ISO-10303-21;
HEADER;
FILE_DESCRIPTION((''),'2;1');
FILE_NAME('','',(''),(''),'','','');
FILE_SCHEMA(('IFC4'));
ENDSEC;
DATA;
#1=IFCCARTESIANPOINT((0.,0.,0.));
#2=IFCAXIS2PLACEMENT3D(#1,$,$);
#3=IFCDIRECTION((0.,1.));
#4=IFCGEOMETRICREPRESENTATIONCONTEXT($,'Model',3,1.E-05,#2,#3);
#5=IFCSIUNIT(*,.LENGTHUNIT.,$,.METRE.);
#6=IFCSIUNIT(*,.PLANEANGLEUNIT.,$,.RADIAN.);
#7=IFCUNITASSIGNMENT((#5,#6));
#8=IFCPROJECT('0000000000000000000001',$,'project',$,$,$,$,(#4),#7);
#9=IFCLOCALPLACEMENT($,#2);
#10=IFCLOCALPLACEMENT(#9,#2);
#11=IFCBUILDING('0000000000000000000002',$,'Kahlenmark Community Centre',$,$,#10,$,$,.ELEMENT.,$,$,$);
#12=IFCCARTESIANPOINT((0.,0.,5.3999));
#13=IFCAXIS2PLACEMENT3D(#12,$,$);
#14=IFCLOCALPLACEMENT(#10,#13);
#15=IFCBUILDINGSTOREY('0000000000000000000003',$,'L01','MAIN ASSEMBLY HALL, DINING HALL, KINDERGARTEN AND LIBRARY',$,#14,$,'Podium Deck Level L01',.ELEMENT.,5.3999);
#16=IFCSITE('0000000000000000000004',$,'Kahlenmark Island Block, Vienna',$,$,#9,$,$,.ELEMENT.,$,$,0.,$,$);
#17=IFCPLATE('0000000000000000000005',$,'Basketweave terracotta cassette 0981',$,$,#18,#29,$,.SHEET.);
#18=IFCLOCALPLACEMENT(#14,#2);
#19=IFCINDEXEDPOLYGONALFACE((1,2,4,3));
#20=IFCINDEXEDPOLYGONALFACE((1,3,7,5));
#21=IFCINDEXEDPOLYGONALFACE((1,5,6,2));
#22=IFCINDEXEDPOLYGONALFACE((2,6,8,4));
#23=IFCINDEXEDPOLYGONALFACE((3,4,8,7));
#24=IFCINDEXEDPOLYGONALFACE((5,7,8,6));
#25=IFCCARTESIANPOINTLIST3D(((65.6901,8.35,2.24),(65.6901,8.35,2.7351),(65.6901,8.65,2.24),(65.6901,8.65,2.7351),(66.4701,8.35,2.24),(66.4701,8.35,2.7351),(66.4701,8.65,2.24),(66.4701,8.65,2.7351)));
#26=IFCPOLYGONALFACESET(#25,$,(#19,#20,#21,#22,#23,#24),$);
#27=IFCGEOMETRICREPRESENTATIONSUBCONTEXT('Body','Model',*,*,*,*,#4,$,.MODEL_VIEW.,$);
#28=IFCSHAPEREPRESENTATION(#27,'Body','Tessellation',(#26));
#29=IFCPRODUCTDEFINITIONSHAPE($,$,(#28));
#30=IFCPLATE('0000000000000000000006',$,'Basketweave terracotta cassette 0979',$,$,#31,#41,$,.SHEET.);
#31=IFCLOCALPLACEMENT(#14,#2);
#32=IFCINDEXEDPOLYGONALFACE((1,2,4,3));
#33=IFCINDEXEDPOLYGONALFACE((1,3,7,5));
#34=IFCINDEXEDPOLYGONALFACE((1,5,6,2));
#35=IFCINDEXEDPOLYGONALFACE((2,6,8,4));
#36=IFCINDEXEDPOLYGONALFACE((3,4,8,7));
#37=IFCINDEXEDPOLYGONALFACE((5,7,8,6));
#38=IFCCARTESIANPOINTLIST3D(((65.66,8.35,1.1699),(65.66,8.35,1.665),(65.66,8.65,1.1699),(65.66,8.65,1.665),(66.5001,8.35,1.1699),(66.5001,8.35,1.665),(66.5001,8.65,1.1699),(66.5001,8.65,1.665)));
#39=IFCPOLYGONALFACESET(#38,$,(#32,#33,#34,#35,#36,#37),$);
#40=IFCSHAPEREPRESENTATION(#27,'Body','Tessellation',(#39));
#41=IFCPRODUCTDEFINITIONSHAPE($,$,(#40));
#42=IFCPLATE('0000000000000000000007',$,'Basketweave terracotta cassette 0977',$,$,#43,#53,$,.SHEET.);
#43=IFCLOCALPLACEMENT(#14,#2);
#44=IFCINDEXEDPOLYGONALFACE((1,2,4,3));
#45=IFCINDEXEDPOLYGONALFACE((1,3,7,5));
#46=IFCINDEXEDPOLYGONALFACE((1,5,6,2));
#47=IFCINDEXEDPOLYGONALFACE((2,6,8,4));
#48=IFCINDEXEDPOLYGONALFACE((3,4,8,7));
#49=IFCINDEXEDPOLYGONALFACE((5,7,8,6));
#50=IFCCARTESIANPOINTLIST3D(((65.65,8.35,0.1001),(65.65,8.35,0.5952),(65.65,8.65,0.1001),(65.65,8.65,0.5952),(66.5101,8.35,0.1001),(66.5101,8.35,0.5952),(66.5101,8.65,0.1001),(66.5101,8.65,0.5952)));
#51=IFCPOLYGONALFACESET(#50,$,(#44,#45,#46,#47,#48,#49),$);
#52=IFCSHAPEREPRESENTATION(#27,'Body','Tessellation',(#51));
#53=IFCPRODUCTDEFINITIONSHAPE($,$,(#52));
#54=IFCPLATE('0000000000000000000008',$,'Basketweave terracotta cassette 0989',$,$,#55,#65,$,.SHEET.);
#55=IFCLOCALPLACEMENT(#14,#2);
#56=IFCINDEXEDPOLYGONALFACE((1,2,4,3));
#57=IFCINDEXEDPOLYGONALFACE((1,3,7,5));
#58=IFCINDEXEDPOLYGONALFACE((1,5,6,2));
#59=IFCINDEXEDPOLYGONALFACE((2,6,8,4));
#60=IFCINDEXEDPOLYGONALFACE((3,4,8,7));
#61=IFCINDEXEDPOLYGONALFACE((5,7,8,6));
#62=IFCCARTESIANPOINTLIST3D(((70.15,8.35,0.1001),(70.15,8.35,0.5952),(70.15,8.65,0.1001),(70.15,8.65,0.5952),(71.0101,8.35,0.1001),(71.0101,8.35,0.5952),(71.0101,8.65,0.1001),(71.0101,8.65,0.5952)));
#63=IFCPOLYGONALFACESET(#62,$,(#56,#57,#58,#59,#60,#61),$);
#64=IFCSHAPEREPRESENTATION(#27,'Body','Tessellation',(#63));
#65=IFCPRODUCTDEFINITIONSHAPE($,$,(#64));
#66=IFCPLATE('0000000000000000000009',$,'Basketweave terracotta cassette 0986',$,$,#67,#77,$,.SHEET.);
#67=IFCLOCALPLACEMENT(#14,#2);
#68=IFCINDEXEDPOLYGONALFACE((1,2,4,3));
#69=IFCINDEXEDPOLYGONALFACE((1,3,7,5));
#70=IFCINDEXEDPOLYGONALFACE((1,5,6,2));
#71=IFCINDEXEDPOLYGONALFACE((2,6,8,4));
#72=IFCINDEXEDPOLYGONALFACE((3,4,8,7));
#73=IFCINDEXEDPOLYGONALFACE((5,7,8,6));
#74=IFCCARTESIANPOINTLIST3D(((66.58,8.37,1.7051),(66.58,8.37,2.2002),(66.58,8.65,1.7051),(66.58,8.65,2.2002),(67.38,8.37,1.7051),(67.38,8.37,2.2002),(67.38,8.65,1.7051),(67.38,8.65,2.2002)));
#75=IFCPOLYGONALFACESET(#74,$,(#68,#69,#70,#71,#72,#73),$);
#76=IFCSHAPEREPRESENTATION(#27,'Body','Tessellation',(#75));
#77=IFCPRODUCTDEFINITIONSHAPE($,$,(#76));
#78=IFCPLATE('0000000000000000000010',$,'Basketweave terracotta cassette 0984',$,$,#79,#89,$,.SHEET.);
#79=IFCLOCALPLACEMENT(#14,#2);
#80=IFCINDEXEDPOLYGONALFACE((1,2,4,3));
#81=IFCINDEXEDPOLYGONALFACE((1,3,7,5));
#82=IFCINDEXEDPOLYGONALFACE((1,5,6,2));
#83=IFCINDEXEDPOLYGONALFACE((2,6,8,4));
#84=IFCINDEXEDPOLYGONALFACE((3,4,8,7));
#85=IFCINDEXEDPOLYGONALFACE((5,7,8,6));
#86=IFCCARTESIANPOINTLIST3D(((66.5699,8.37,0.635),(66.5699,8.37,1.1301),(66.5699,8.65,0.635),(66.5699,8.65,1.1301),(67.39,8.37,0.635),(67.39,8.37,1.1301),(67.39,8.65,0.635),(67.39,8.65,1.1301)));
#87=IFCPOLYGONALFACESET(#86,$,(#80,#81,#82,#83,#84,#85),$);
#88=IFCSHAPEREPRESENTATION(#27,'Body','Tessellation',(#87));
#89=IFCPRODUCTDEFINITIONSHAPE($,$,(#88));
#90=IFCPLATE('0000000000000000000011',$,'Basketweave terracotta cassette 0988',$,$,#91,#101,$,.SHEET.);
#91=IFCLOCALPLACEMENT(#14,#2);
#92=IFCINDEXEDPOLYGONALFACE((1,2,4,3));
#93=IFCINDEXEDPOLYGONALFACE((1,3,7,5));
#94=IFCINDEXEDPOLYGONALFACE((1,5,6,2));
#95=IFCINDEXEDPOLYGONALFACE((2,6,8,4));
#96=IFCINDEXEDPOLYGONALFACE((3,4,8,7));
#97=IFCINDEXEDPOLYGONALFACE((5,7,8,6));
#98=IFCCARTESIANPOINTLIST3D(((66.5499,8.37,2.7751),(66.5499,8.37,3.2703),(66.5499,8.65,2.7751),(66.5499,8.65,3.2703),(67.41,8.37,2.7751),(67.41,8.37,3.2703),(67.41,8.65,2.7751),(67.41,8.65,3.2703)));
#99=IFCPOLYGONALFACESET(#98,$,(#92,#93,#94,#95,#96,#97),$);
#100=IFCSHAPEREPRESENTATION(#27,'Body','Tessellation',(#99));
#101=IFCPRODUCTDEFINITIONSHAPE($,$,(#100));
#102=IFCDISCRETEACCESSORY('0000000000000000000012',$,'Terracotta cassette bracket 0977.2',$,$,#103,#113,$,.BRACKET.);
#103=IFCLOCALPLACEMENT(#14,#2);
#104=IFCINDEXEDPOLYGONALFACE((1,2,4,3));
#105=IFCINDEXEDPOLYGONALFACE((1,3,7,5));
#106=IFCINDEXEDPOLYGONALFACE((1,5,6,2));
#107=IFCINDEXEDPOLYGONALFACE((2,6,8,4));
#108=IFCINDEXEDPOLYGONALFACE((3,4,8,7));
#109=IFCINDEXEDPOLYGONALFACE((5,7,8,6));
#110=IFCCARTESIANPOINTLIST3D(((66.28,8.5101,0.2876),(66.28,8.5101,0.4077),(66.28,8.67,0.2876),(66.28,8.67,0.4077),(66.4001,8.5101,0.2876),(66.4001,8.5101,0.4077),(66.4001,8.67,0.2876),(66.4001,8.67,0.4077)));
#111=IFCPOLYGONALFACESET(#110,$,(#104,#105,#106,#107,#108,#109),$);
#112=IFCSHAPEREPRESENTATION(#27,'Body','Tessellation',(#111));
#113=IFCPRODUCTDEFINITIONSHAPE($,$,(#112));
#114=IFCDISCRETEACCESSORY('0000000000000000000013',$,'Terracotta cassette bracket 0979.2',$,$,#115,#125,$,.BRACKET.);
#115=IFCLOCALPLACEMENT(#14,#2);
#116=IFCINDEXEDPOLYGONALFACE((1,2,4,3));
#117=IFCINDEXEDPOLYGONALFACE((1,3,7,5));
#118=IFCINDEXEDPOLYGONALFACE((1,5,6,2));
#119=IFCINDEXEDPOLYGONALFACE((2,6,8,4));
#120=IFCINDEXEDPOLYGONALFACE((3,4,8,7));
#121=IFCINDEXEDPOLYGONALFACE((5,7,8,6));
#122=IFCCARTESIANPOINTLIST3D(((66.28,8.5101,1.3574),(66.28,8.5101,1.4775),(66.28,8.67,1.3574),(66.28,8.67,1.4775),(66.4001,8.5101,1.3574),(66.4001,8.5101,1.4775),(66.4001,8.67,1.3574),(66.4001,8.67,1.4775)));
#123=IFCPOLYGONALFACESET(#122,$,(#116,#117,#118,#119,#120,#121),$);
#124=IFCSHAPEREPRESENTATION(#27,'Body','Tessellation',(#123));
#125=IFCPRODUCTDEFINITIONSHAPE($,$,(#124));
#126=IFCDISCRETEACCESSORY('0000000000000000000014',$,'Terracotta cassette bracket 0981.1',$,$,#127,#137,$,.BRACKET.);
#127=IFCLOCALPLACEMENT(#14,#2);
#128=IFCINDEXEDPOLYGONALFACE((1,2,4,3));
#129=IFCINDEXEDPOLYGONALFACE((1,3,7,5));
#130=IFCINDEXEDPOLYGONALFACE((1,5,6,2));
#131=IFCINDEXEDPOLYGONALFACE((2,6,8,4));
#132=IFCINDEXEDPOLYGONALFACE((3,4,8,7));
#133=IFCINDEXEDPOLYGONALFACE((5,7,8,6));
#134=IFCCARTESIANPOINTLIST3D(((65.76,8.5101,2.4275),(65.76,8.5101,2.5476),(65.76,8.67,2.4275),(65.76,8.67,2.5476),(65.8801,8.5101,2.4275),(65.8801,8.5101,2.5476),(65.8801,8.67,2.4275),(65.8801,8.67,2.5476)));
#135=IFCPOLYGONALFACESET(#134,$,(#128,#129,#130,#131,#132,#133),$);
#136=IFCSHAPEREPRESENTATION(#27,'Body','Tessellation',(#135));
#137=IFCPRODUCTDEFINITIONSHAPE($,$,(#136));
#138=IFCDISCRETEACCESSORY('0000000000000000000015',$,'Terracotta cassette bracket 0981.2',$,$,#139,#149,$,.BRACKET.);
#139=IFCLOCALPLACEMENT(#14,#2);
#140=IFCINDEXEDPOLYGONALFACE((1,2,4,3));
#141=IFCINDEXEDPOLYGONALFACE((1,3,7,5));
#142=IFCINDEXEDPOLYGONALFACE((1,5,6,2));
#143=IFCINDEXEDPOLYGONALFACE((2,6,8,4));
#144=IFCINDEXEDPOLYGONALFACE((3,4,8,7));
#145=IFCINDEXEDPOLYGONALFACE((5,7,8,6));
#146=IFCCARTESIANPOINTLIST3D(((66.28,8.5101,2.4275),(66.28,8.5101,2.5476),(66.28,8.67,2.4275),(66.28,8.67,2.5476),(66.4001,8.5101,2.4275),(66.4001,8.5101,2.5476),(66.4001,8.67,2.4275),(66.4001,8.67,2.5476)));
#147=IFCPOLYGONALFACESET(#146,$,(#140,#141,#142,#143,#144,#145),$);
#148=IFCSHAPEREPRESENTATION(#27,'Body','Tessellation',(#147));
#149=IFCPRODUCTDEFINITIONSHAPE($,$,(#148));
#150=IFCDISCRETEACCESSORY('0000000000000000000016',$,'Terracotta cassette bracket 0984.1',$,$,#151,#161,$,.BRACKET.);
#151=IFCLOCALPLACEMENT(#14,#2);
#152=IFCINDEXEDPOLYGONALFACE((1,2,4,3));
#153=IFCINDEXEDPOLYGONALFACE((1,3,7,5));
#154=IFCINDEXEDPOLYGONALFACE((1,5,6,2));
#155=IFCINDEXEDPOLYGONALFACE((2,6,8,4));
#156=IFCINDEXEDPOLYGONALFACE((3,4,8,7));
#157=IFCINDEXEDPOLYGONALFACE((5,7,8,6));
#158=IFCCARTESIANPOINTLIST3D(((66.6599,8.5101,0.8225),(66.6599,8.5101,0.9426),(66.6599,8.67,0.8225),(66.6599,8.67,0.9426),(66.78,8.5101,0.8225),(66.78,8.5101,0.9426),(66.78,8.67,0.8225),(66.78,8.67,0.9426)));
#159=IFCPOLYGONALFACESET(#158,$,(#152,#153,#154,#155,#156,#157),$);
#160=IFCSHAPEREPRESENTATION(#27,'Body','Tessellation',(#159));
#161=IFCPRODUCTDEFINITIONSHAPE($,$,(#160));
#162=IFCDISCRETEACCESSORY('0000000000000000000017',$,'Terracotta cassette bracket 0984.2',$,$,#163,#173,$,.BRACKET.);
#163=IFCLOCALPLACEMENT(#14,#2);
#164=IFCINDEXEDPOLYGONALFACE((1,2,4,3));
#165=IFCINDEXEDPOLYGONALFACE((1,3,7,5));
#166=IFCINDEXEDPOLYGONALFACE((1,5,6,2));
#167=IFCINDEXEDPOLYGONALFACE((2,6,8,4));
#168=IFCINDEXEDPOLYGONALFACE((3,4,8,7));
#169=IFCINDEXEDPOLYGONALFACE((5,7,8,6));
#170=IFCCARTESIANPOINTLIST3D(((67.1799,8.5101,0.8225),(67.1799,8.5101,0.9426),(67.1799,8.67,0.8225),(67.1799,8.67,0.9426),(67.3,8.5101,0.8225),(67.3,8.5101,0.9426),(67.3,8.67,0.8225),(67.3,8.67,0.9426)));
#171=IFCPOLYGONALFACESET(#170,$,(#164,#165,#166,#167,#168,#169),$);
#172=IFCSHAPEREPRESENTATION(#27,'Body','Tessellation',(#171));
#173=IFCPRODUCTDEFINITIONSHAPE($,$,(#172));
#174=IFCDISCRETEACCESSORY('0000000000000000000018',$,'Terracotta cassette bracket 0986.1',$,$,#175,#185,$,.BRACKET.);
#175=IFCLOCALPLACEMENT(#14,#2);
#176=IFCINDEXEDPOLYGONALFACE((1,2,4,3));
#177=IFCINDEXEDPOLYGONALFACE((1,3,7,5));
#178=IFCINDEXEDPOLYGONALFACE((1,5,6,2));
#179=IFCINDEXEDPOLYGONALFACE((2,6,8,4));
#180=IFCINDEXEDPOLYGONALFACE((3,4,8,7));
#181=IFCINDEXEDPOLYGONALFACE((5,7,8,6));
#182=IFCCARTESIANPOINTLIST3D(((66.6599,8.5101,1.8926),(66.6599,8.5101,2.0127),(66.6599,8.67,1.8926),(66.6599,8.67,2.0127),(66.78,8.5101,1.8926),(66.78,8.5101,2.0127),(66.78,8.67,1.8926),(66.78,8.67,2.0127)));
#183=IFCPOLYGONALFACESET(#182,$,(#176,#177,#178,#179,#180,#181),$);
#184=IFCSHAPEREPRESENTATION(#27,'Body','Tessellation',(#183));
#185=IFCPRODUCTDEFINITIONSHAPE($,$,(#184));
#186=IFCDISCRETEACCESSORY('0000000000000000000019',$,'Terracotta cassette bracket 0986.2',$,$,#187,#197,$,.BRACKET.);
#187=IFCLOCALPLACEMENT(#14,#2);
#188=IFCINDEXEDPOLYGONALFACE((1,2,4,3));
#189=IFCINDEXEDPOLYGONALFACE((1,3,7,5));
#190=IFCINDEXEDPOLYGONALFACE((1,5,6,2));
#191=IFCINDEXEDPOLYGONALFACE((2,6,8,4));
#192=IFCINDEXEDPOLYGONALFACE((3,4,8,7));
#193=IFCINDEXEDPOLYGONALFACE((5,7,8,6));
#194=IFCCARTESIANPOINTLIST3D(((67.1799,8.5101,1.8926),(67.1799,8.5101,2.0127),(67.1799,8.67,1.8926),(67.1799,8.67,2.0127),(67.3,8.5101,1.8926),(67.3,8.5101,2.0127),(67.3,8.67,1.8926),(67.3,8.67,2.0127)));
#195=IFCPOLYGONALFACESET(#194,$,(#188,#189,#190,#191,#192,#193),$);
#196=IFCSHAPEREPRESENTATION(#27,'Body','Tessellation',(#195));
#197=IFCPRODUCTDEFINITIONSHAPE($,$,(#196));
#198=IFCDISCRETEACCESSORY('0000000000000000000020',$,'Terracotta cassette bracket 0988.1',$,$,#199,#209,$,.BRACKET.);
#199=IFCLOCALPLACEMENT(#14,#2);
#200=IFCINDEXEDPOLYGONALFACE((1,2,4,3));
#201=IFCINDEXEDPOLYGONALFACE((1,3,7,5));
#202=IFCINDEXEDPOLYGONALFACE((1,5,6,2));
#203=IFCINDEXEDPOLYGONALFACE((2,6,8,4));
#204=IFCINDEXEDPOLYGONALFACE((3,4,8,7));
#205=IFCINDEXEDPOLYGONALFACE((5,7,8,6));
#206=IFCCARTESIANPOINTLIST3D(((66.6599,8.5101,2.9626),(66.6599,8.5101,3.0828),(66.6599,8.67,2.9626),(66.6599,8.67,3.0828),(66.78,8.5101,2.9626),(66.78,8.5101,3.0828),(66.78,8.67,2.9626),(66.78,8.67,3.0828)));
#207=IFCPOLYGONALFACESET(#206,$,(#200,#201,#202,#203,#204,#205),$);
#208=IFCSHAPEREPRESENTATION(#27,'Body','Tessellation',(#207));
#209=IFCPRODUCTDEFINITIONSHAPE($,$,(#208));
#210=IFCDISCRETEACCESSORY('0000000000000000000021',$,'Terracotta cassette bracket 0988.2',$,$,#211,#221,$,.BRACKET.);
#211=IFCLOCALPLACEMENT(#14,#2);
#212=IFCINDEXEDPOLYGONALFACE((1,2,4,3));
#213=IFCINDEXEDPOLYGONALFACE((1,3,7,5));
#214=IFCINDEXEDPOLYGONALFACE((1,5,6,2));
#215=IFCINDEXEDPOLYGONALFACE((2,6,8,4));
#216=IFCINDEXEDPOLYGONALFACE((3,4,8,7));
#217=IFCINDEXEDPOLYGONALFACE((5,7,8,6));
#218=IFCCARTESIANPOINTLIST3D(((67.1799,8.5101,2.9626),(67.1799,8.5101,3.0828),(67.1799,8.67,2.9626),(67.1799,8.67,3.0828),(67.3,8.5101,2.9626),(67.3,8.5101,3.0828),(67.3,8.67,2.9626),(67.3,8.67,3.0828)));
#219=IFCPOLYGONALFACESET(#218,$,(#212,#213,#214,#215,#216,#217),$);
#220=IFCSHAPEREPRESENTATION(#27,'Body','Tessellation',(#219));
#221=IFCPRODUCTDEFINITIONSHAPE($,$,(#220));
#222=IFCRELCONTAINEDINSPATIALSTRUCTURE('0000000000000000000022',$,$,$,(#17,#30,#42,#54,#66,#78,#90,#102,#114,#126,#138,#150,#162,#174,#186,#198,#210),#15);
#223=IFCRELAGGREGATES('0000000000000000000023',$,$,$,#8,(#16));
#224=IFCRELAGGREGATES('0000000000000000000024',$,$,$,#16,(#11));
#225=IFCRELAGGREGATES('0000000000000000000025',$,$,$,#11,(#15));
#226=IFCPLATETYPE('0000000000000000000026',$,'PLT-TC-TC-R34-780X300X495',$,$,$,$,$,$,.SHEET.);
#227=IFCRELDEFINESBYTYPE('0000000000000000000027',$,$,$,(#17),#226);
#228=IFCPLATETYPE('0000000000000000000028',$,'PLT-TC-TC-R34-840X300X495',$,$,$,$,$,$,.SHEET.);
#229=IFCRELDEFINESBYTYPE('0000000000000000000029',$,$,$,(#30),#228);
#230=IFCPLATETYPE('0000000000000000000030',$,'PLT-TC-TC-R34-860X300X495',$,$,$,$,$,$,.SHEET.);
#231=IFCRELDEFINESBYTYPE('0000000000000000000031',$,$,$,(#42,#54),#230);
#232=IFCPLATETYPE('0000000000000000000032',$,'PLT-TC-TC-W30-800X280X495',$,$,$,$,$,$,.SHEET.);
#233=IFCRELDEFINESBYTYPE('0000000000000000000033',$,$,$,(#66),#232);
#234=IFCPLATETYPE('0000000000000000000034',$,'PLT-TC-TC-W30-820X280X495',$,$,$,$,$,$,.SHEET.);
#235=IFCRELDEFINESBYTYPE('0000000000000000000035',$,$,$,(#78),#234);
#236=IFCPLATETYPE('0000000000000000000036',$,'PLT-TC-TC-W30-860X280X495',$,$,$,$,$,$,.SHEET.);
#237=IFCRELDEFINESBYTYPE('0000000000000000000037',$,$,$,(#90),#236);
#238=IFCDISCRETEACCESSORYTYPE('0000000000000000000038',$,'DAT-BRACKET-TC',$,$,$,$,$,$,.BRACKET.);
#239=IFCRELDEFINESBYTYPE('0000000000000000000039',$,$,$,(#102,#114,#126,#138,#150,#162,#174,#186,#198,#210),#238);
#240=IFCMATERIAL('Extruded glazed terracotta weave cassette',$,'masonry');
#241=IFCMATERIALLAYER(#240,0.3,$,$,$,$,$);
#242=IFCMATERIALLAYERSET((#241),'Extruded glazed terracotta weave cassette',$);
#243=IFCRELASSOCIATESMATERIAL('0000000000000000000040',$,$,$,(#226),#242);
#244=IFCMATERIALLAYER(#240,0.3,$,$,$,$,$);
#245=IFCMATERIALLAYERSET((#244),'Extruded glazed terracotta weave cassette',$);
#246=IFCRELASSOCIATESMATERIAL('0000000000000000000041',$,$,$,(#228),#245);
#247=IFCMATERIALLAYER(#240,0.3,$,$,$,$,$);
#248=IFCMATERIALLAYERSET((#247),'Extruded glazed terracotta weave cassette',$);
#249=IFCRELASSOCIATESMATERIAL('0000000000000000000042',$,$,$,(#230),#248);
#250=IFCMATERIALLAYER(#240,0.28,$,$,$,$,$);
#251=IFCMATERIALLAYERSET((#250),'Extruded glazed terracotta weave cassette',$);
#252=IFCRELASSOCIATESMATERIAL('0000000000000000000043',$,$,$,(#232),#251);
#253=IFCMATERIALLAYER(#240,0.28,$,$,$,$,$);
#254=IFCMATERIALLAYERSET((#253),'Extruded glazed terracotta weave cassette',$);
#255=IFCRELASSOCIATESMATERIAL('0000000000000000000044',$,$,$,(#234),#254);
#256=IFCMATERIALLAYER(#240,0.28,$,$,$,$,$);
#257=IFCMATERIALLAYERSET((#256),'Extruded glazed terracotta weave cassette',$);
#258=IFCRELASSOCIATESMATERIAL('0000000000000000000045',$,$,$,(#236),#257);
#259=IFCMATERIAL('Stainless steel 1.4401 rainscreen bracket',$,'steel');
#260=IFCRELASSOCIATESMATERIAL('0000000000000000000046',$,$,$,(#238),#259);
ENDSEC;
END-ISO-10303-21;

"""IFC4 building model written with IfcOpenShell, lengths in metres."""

from ifc_helpers import new_model, si_unit, direction, frame, origin, origin_2d, place, context, subcontext, project, spatial, rectangle, extrude, material, layer, layer_set, type_object, element, save


model = new_model("IFC4")

# Units and contexts
model_context = context("Model", 3, precision=1e-05, world=origin(), true_north=direction((0.0, 1.0)))
body_context = subcontext(model_context, "Body", "Model", "MODEL_VIEW")
ifc_project = project(units=[si_unit("LENGTHUNIT", "METRE"), si_unit("PLANEANGLEUNIT", "RADIAN")], contexts=[model_context])

# Site, building, storey
site_placement = place(None, origin())
site = spatial("IfcSite", under=ifc_project, at=site_placement, Name="Kahlenmark Island Block, Vienna", CompositionType="ELEMENT", RefElevation=0.0)
building_placement = place(site_placement, origin())
building = spatial("IfcBuilding", under=site, at=building_placement, Name="Kahlenmark Community Centre", CompositionType="ELEMENT")
storey_placement = place(building_placement, frame((0.0, 0.0, 5.3999)))
storey = spatial("IfcBuildingStorey", under=building, at=storey_placement, Name="L01", Description="MAIN ASSEMBLY HALL, DINING HALL, KINDERGARTEN AND LIBRARY", LongName="Podium Deck Level L01", CompositionType="ELEMENT", Elevation=5.3999)

# Plates
ifc_material_1 = material(Name="Extruded glazed terracotta weave cassette", Category="masonry")
ifc_layer_1 = layer(ifc_material_1, 0.3)
ifc_layer_set_1 = layer_set([ifc_layer_1], Name="Extruded glazed terracotta weave cassette")
plate_type_1 = type_object("IfcPlateType", Name="PLT-TC-TC-R34-780X300X495", PredefinedType="SHEET", material=ifc_layer_set_1)
plate_1_placement = place(storey_placement, frame((66.0801, 8.5, 2.24), z_axis=(0.0, 0.0, 1.0), x_axis=(1.0, 0.0, 0.0)))
element("IfcPlate", 1, at=plate_1_placement, inside=storey, type_object=plate_type_1, Name="Basketweave terracotta cassette 0981", PredefinedType="SHEET", context=body_context, shape_type="SweptSolid", body=[
    extrude(rectangle(XDim=0.78, YDim=0.3, at=origin_2d()), origin(), (0.0, 0.0, 1.0), 0.4951),
])
ifc_layer_2 = layer(ifc_material_1, 0.3)
ifc_layer_set_2 = layer_set([ifc_layer_2], Name="Extruded glazed terracotta weave cassette")
plate_type_2 = type_object("IfcPlateType", Name="PLT-TC-TC-R34-840X300X495", PredefinedType="SHEET", material=ifc_layer_set_2)
plate_2_placement = place(storey_placement, frame((66.0801, 8.5, 1.1699), z_axis=(0.0, 0.0, 1.0), x_axis=(1.0, 0.0, 0.0)))
element("IfcPlate", 2, at=plate_2_placement, inside=storey, type_object=plate_type_2, Name="Basketweave terracotta cassette 0979", PredefinedType="SHEET", context=body_context, shape_type="SweptSolid", body=[
    extrude(rectangle(XDim=0.8401, YDim=0.3, at=origin_2d()), origin(), (0.0, 0.0, 1.0), 0.4951),
])
ifc_layer_3 = layer(ifc_material_1, 0.3)
ifc_layer_set_3 = layer_set([ifc_layer_3], Name="Extruded glazed terracotta weave cassette")
plate_type_3 = type_object("IfcPlateType", Name="PLT-TC-TC-R34-860X300X495", PredefinedType="SHEET", material=ifc_layer_set_3)
for number, where, z_axis, x_axis, name in (
    (3, (66.0801, 8.5, 0.1001), (0.0, 0.0, 1.0), (1.0, 0.0, 0.0), "Basketweave terracotta cassette 0977"),
    (4, (70.5801, 8.5, 0.1001), (0.0, 0.0, 1.0), (1.0, 0.0, 0.0), "Basketweave terracotta cassette 0989"),
):
    element("IfcPlate", number, at=place(storey_placement, frame(where, z_axis=z_axis, x_axis=x_axis)), inside=storey, type_object=plate_type_3, Name=name, PredefinedType="SHEET", context=body_context, shape_type="SweptSolid", body=[
        extrude(rectangle(XDim=0.8601, YDim=0.3, at=origin_2d()), origin(), (0.0, 0.0, 1.0), 0.4951),
    ])
ifc_layer_4 = layer(ifc_material_1, 0.28)
ifc_layer_set_4 = layer_set([ifc_layer_4], Name="Extruded glazed terracotta weave cassette")
plate_type_4 = type_object("IfcPlateType", Name="PLT-TC-TC-W30-800X280X495", PredefinedType="SHEET", material=ifc_layer_set_4)
plate_3_placement = place(storey_placement, frame((66.98, 8.51, 1.7051), z_axis=(0.0, 0.0, 1.0), x_axis=(1.0, 0.0, 0.0)))
element("IfcPlate", 5, at=plate_3_placement, inside=storey, type_object=plate_type_4, Name="Basketweave terracotta cassette 0986", PredefinedType="SHEET", context=body_context, shape_type="SweptSolid", body=[
    extrude(rectangle(XDim=0.8, YDim=0.28, at=origin_2d()), origin(), (0.0, 0.0, 1.0), 0.4951),
])
ifc_layer_5 = layer(ifc_material_1, 0.28)
ifc_layer_set_5 = layer_set([ifc_layer_5], Name="Extruded glazed terracotta weave cassette")
plate_type_5 = type_object("IfcPlateType", Name="PLT-TC-TC-W30-820X280X495", PredefinedType="SHEET", material=ifc_layer_set_5)
plate_4_placement = place(storey_placement, frame((66.98, 8.51, 0.635), z_axis=(0.0, 0.0, 1.0), x_axis=(1.0, 0.0, 0.0)))
element("IfcPlate", 6, at=plate_4_placement, inside=storey, type_object=plate_type_5, Name="Basketweave terracotta cassette 0984", PredefinedType="SHEET", context=body_context, shape_type="SweptSolid", body=[
    extrude(rectangle(XDim=0.8201, YDim=0.28, at=origin_2d()), origin(), (0.0, 0.0, 1.0), 0.4951),
])
ifc_layer_6 = layer(ifc_material_1, 0.28)
ifc_layer_set_6 = layer_set([ifc_layer_6], Name="Extruded glazed terracotta weave cassette")
plate_type_6 = type_object("IfcPlateType", Name="PLT-TC-TC-W30-860X280X495", PredefinedType="SHEET", material=ifc_layer_set_6)
plate_5_placement = place(storey_placement, frame((66.98, 8.51, 2.7751), z_axis=(0.0, 0.0, 1.0), x_axis=(1.0, 0.0, 0.0)))
element("IfcPlate", 7, at=plate_5_placement, inside=storey, type_object=plate_type_6, Name="Basketweave terracotta cassette 0988", PredefinedType="SHEET", context=body_context, shape_type="SweptSolid", body=[
    extrude(rectangle(XDim=0.8601, YDim=0.28, at=origin_2d()), origin(), (0.0, 0.0, 1.0), 0.4951),
])

# Discrete accessories
ifc_material_2 = material(Name="Stainless steel 1.4401 rainscreen bracket", Category="steel")
discrete_accessory_type = type_object("IfcDiscreteAccessoryType", Name="DAT-BRACKET-TC", PredefinedType="BRACKET", material=ifc_material_2)
for number, where, z_axis, x_axis, name in (
    (8, (66.3401, 8.5901, 0.2876), (0.0, 0.0, 1.0), (1.0, 0.0, 0.0), "Terracotta cassette bracket 0977.2"),
    (9, (66.3401, 8.5901, 1.3574), (0.0, 0.0, 1.0), (1.0, 0.0, 0.0), "Terracotta cassette bracket 0979.2"),
    (10, (65.8201, 8.5901, 2.4275), (0.0, 0.0, 1.0), (1.0, 0.0, 0.0), "Terracotta cassette bracket 0981.1"),
    (11, (66.3401, 8.5901, 2.4275), (0.0, 0.0, 1.0), (1.0, 0.0, 0.0), "Terracotta cassette bracket 0981.2"),
    (12, (66.72, 8.5901, 0.8225), (0.0, 0.0, 1.0), (1.0, 0.0, 0.0), "Terracotta cassette bracket 0984.1"),
    (13, (67.24, 8.5901, 0.8225), (0.0, 0.0, 1.0), (1.0, 0.0, 0.0), "Terracotta cassette bracket 0984.2"),
    (14, (66.72, 8.5901, 1.8926), (0.0, 0.0, 1.0), (1.0, 0.0, 0.0), "Terracotta cassette bracket 0986.1"),
    (15, (67.24, 8.5901, 1.8926), (0.0, 0.0, 1.0), (1.0, 0.0, 0.0), "Terracotta cassette bracket 0986.2"),
    (16, (66.72, 8.5901, 2.9626), (0.0, 0.0, 1.0), (1.0, 0.0, 0.0), "Terracotta cassette bracket 0988.1"),
    (17, (67.24, 8.5901, 2.9626), (0.0, 0.0, 1.0), (1.0, 0.0, 0.0), "Terracotta cassette bracket 0988.2"),
):
    element("IfcDiscreteAccessory", number, at=place(storey_placement, frame(where, z_axis=z_axis, x_axis=x_axis)), inside=storey, type_object=discrete_accessory_type, Name=name, PredefinedType="BRACKET", context=body_context, shape_type="SweptSolid", body=[
        extrude(rectangle(XDim=0.1201, YDim=0.1599, at=origin_2d()), origin(), (0.0, 0.0, 1.0), 0.1201),
    ])

save(model, "model.ifc")
